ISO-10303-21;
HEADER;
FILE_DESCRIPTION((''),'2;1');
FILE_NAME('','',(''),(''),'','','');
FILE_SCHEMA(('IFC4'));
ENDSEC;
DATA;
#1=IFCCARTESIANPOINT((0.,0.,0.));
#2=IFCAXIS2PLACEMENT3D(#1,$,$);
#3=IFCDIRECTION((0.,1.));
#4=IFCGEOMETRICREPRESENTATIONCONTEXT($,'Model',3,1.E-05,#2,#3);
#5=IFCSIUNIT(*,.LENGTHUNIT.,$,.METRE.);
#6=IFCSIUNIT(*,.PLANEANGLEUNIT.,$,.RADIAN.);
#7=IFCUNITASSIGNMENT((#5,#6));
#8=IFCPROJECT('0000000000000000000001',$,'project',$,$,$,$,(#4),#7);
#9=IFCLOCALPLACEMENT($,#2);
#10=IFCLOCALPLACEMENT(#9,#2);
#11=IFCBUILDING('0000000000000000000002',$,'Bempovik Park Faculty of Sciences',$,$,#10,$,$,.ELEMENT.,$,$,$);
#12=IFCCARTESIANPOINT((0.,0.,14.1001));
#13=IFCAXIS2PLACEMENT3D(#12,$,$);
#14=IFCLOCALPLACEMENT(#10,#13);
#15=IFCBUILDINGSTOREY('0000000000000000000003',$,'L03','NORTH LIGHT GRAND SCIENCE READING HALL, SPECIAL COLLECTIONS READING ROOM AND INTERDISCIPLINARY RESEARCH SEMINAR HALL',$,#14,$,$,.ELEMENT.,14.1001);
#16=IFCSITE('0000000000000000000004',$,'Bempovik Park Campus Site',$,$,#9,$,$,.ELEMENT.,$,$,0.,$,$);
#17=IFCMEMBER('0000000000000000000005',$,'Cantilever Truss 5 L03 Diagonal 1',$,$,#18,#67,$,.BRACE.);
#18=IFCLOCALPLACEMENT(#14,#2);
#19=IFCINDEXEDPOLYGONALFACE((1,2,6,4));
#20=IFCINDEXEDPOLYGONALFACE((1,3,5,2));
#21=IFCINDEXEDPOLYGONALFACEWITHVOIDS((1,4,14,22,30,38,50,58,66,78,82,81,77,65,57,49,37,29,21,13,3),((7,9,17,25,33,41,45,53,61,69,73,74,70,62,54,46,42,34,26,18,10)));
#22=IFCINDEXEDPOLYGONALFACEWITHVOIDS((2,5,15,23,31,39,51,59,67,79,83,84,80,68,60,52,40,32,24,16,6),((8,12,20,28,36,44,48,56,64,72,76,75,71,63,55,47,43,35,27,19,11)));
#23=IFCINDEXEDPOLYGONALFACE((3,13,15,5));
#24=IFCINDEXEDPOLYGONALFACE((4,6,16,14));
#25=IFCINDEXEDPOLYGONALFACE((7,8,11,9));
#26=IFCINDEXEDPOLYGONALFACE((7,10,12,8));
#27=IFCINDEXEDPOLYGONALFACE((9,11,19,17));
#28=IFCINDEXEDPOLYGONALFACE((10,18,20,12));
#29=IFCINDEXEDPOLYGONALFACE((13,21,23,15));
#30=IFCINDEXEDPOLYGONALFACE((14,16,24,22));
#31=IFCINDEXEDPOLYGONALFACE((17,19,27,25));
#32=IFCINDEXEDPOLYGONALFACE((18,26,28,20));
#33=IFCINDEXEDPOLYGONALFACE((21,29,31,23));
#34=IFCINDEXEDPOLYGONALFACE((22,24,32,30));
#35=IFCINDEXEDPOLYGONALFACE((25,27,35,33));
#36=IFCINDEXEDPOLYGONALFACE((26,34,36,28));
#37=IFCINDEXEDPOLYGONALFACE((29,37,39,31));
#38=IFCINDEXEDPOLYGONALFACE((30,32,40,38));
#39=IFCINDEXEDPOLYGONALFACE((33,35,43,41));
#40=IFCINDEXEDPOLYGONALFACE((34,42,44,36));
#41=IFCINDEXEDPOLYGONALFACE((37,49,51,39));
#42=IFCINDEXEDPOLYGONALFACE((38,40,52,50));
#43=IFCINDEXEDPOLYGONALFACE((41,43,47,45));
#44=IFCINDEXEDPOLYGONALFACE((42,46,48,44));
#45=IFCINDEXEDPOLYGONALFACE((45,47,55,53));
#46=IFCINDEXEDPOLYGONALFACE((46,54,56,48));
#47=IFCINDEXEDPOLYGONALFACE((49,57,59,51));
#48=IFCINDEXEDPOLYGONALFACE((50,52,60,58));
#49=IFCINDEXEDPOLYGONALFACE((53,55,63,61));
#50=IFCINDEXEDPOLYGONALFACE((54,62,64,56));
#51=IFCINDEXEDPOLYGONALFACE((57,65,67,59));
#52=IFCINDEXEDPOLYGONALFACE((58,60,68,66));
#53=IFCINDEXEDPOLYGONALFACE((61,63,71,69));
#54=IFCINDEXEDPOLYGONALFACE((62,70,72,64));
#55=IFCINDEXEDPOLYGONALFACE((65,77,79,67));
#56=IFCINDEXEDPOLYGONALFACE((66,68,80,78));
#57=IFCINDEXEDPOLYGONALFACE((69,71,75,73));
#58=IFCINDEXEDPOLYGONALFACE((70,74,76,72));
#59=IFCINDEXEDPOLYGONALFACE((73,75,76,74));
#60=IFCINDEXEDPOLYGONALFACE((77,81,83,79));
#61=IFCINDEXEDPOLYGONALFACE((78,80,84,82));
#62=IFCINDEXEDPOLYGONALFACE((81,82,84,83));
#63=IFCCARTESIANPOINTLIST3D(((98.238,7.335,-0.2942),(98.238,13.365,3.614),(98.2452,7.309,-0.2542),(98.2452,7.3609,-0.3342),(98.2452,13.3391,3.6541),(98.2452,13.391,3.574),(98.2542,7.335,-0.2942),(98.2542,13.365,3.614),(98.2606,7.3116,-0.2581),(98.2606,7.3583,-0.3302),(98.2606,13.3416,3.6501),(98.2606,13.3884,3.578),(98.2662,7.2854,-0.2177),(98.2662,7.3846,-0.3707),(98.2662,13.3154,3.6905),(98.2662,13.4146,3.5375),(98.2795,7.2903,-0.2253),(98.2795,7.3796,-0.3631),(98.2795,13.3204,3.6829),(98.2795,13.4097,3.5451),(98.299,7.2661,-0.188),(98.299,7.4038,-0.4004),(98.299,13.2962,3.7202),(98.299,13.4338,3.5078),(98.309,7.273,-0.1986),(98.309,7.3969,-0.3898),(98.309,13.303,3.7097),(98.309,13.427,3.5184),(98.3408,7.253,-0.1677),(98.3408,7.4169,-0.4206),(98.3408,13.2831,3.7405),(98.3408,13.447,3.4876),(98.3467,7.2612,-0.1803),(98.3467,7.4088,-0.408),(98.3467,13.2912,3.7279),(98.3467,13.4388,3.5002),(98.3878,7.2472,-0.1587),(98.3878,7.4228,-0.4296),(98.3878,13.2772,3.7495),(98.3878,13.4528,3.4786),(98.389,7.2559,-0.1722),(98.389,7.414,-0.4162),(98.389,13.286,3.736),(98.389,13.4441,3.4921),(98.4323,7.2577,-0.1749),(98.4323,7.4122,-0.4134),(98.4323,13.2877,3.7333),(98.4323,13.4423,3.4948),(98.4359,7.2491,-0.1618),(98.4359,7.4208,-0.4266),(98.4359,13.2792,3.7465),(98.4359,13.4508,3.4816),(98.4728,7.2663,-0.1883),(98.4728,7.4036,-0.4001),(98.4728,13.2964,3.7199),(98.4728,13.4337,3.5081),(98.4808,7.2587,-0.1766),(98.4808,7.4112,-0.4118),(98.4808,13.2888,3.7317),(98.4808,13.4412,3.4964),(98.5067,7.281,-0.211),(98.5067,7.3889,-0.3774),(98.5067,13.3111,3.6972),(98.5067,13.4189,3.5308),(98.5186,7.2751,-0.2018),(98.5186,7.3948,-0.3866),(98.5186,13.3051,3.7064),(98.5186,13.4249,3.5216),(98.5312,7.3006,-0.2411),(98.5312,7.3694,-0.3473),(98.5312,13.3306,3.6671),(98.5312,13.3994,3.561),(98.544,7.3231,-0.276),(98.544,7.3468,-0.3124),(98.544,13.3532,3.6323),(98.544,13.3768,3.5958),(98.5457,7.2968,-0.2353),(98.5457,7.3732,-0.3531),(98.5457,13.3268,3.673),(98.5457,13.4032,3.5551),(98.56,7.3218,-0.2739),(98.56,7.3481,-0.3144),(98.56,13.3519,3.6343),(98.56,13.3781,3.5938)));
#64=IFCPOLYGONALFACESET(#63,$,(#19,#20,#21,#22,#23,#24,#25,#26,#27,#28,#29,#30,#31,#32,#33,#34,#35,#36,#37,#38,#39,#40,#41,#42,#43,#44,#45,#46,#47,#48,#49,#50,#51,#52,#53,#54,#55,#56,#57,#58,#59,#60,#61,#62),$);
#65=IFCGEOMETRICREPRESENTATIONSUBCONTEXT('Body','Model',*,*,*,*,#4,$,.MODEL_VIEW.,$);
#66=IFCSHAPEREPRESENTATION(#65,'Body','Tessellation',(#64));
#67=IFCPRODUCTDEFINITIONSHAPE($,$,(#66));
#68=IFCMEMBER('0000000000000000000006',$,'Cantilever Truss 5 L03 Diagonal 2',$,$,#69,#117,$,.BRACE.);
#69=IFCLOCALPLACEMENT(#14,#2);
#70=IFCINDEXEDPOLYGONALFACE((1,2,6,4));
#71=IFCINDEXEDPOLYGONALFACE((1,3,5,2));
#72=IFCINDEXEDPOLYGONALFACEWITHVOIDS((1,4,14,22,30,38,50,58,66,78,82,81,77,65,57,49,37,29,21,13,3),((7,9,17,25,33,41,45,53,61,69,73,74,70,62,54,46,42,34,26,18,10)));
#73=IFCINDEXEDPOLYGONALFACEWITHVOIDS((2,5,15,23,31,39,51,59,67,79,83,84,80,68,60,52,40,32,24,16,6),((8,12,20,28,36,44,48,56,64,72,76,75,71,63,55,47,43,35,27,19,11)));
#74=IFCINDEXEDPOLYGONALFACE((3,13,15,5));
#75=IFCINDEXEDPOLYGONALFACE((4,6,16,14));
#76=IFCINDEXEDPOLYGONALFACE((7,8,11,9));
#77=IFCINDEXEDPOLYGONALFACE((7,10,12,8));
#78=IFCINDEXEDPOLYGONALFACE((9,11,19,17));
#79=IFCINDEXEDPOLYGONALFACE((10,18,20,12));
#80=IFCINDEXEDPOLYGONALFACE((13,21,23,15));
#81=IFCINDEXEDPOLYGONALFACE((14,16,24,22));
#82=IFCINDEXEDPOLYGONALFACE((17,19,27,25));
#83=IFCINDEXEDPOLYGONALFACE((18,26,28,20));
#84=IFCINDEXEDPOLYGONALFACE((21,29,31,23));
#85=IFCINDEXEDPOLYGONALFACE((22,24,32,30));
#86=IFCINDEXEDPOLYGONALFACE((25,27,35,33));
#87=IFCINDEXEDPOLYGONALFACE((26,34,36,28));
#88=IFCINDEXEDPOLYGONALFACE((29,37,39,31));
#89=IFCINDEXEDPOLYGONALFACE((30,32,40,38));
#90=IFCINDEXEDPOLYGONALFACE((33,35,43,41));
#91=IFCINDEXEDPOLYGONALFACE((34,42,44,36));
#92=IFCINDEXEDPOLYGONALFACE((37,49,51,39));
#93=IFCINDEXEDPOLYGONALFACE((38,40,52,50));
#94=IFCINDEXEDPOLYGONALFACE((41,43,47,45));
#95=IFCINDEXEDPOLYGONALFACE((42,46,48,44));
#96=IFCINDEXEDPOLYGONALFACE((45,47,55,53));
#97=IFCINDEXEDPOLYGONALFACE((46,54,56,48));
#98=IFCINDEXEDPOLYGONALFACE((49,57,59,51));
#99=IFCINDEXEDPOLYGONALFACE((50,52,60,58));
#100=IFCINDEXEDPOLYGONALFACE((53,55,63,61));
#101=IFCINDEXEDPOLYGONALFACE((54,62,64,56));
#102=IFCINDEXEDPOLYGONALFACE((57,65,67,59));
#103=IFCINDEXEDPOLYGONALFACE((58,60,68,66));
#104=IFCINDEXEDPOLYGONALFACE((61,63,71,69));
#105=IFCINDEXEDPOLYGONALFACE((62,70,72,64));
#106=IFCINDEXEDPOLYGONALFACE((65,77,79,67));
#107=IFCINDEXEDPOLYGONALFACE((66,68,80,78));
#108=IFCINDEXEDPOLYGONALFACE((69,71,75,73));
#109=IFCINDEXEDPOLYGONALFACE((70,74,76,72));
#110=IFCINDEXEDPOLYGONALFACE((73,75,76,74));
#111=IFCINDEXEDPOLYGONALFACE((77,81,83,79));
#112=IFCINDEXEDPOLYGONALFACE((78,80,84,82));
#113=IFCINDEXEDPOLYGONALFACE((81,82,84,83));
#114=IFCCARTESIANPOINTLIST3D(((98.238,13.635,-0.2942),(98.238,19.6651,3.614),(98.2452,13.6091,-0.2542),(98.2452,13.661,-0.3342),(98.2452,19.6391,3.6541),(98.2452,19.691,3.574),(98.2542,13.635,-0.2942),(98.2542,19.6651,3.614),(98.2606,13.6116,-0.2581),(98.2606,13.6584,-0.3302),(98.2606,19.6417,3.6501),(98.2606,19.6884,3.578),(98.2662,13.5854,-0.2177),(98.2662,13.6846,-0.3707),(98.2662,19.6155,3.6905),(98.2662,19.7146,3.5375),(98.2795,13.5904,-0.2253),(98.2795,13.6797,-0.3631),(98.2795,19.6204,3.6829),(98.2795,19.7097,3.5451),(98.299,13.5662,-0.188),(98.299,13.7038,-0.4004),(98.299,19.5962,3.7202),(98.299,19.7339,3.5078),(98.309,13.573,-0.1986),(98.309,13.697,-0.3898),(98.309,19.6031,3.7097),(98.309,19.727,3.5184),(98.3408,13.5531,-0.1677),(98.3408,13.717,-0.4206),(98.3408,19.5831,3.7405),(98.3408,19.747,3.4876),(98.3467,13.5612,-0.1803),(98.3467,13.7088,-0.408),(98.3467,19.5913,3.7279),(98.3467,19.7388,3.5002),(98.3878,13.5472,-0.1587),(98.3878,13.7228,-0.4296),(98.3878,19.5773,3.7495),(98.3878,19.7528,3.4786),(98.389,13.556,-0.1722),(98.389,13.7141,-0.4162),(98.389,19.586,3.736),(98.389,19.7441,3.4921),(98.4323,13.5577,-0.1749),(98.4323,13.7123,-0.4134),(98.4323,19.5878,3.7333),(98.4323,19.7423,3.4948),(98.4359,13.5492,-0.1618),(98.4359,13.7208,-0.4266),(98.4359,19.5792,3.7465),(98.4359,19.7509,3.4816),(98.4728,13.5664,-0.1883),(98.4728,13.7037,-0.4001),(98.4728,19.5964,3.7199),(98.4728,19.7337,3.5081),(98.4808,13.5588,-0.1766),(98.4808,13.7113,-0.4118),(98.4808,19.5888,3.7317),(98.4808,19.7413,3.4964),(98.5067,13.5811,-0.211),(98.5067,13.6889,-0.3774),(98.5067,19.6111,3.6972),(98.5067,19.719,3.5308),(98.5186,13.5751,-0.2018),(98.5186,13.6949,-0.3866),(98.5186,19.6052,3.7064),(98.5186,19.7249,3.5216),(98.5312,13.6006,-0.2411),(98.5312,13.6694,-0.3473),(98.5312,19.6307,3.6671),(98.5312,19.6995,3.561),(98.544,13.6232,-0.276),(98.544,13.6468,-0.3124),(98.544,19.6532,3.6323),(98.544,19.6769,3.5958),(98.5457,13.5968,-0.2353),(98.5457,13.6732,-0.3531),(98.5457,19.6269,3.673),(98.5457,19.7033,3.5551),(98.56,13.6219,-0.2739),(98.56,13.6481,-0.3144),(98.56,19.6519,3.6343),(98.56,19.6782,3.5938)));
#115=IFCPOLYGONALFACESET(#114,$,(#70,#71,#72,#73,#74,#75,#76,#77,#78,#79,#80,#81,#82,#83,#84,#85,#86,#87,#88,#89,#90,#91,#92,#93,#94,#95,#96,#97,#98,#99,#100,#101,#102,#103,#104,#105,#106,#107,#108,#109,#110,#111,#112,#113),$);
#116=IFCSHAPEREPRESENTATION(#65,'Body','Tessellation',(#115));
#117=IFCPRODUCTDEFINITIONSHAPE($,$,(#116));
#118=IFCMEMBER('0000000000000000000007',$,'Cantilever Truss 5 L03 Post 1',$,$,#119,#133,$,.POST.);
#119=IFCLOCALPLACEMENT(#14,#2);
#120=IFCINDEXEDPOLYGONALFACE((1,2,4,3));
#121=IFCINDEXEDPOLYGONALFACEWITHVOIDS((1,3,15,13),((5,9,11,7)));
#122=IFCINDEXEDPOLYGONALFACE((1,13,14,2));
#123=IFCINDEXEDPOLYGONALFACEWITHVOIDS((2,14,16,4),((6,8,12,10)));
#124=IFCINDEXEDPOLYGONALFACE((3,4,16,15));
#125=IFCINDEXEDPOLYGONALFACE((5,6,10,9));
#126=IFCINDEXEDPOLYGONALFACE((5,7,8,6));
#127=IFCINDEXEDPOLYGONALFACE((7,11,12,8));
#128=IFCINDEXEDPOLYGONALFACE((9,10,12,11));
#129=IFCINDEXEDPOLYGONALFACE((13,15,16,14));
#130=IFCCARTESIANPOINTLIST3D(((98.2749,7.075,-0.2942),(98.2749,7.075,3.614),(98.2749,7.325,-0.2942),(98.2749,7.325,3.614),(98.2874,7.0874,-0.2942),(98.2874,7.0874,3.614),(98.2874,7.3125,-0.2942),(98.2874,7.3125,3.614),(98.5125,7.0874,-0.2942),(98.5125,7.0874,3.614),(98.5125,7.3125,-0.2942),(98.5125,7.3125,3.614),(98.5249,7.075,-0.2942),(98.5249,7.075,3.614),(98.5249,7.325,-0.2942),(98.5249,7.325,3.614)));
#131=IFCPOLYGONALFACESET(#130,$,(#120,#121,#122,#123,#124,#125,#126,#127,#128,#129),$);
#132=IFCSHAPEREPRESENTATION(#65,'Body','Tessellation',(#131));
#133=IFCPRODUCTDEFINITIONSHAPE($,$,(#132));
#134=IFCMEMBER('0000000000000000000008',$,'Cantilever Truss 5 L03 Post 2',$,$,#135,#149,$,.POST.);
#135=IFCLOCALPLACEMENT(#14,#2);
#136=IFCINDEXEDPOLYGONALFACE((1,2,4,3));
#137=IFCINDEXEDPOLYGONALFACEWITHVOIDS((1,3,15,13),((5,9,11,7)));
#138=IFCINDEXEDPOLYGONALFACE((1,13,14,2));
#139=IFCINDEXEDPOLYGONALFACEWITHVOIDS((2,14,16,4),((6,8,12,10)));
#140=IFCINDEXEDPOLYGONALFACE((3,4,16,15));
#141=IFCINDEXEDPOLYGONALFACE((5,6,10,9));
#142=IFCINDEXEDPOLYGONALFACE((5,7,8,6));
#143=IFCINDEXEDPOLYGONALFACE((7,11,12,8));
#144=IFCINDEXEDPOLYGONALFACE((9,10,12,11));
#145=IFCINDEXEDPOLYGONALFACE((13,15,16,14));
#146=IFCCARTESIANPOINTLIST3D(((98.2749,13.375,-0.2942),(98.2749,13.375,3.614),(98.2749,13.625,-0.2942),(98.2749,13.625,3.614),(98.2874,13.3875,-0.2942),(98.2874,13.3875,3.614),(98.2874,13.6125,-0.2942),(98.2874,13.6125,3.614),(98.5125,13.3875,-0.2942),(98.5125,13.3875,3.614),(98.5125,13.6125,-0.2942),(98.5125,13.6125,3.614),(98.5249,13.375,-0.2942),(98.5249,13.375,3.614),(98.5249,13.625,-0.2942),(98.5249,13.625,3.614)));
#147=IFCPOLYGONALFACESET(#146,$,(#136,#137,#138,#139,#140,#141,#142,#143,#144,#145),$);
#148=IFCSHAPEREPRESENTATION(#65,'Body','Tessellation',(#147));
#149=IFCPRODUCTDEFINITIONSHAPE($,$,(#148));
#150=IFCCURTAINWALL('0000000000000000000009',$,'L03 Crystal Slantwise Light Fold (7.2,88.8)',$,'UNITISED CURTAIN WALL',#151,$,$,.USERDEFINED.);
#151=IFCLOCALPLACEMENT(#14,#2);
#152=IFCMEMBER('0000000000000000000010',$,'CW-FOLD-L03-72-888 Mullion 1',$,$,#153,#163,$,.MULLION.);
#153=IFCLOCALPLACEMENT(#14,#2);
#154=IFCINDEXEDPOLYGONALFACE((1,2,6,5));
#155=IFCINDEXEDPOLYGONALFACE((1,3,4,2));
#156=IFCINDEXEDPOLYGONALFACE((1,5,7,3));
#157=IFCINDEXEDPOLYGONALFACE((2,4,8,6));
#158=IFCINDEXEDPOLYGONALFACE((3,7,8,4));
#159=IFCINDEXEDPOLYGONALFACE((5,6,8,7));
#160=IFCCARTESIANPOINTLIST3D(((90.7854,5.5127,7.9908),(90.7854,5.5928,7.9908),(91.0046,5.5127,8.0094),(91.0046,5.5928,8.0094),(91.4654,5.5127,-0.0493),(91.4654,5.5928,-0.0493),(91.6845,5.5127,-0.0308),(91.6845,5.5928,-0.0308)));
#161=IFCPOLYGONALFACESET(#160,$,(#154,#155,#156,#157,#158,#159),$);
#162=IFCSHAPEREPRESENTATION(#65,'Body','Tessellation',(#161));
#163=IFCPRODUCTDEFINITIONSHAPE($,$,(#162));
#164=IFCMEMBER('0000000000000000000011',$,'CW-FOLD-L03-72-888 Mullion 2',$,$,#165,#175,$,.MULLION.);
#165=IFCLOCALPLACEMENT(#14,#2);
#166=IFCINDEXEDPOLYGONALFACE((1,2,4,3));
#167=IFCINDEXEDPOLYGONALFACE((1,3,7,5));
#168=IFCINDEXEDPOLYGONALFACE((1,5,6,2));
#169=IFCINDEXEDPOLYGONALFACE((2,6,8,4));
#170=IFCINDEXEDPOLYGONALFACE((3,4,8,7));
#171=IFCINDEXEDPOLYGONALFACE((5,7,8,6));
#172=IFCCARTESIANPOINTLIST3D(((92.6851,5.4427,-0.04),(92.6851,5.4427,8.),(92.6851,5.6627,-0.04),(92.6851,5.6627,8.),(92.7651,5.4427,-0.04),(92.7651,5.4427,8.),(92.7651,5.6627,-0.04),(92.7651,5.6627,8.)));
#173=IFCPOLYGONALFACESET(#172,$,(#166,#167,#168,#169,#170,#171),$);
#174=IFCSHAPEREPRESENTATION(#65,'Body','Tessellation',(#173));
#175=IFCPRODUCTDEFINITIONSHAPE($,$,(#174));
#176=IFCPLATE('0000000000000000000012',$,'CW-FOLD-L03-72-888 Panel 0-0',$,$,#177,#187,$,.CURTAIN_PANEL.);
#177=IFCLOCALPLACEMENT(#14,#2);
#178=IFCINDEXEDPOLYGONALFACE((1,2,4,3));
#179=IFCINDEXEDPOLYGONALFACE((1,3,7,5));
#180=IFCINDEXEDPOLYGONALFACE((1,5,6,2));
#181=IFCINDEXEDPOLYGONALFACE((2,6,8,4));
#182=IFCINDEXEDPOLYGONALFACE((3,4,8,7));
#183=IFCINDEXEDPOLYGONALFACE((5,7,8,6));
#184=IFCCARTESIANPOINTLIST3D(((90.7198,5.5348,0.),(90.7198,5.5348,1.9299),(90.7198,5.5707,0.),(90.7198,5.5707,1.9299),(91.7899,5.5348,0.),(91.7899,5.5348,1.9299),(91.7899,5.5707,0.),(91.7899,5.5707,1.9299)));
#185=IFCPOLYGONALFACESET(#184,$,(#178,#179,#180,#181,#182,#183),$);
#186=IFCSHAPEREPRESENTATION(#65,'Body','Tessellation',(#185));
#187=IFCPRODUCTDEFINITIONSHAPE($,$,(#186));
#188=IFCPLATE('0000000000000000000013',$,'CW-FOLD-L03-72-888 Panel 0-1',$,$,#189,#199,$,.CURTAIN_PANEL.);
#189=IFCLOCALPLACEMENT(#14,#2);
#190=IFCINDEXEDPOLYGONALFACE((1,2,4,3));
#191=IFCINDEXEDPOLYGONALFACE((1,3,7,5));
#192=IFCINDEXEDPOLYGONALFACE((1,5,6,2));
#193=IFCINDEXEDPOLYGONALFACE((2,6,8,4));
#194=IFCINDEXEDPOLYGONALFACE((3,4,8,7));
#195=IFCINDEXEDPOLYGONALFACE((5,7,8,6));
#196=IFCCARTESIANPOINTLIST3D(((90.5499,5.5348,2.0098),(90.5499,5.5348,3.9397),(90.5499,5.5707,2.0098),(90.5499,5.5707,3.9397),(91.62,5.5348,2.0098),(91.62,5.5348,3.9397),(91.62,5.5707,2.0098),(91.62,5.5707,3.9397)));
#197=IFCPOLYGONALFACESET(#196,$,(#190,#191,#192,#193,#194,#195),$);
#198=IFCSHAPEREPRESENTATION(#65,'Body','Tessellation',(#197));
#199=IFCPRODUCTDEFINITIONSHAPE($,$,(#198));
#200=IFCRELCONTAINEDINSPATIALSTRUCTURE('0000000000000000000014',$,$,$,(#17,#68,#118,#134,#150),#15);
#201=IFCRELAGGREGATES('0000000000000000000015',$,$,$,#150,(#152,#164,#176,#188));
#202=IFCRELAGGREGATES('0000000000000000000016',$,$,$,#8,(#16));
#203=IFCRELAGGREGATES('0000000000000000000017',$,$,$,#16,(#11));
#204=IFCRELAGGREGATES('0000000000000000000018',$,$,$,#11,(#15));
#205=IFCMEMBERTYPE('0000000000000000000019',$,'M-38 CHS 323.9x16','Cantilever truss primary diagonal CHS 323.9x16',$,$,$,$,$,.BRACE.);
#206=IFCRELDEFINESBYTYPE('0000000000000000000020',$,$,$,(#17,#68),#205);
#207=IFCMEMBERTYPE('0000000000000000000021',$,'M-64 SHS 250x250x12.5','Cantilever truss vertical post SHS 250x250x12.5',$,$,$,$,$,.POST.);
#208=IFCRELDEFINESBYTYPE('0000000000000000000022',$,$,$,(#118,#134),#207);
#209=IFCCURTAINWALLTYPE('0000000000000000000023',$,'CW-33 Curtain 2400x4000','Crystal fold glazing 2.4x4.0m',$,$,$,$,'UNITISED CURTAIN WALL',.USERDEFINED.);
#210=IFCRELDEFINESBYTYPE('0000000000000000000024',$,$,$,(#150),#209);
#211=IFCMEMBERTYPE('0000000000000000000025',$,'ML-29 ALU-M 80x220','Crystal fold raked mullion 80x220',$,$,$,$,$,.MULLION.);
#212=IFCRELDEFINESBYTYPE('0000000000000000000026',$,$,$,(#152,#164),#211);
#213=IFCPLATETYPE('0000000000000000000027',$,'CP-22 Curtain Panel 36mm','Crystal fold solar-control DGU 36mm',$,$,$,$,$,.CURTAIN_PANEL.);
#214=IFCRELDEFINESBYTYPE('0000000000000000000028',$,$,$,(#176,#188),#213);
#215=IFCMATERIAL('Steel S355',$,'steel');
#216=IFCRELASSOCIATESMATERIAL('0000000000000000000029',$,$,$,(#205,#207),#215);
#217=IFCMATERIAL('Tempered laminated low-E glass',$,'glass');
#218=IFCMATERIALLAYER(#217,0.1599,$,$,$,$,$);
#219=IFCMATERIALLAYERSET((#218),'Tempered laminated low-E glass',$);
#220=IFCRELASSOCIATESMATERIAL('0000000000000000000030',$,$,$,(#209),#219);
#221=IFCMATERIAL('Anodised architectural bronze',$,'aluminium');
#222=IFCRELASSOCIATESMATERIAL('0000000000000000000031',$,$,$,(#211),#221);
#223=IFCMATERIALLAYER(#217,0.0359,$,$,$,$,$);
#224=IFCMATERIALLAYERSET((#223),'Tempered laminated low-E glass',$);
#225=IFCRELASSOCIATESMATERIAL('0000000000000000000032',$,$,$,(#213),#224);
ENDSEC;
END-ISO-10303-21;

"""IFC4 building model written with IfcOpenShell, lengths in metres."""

from ifc_helpers import new_model, si_unit, direction, frame, origin, origin_2d, place, context, subcontext, project, spatial, rectangle, hollow_rectangle, hollow_circle, extrude, material, layer, layer_set, material_profile, profile_set, type_object, element, aggregate, save


model = new_model("IFC4")

# Units and contexts
model_context = context("Model", 3, precision=1e-05, world=origin(), true_north=direction((0.0, 1.0)))
body_context = subcontext(model_context, "Body", "Model", "MODEL_VIEW")
ifc_project = project(units=[si_unit("LENGTHUNIT", "METRE"), si_unit("PLANEANGLEUNIT", "RADIAN")], contexts=[model_context])

# Site, building, storey
site_placement = place(None, origin())
site = spatial("IfcSite", under=ifc_project, at=site_placement, Name="Bempovik Park Campus Site", CompositionType="ELEMENT", RefElevation=0.0)
building_placement = place(site_placement, origin())
building = spatial("IfcBuilding", under=site, at=building_placement, Name="Bempovik Park Faculty of Sciences", CompositionType="ELEMENT")
storey_placement = place(building_placement, frame((0.0, 0.0, 14.1001)))
storey = spatial("IfcBuildingStorey", under=building, at=storey_placement, Name="L03", Description="NORTH LIGHT GRAND SCIENCE READING HALL, SPECIAL COLLECTIONS READING ROOM AND INTERDISCIPLINARY RESEARCH SEMINAR HALL", CompositionType="ELEMENT", Elevation=14.1001)

# Shared definitions
ifc_material_1 = material(Name="Steel S355", Category="steel")

# Members
ifc_material_profile_1 = material_profile(ifc_material_1, hollow_circle(Radius=0.1619, WallThickness=0.0161, at=origin_2d()), Name="CHS 323.9x16")
ifc_profile_set_1 = profile_set([ifc_material_profile_1], Name="Steel S355")
member_type_1 = type_object("IfcMemberType", Name="M-38 CHS 323.9x16", Description="Cantilever truss primary diagonal CHS 323.9x16", PredefinedType="BRACE", material=ifc_profile_set_1)
for number, where, z_axis, x_axis, name in (
    (1, (98.3999, 7.335, -0.2942), (0.0, 0.839162, 0.543881), (-1.0, 0.0, 0.0), "Cantilever Truss 5 L03 Diagonal 1"),
    (2, (98.3999, 13.635, -0.2942), (0.0, 0.839162, 0.543881), (-1.0, 0.0, 0.0), "Cantilever Truss 5 L03 Diagonal 2"),
):
    element("IfcMember", number, at=place(storey_placement, frame(where, z_axis=z_axis, x_axis=x_axis)), inside=storey, type_object=member_type_1, Name=name, PredefinedType="BRACE", context=body_context, shape_type="SweptSolid", body=[
        extrude(hollow_circle(Radius=0.1619, WallThickness=0.0161, at=origin_2d()), origin(), (0.0, 0.0, 1.0), 7.1858),
    ])
ifc_material_profile_2 = material_profile(ifc_material_1, hollow_rectangle(XDim=0.25, YDim=0.25, WallThickness=0.0125, at=origin_2d()), Name="SHS 250x250x12.5")
ifc_profile_set_2 = profile_set([ifc_material_profile_2], Name="Steel S355")
member_type_2 = type_object("IfcMemberType", Name="M-64 SHS 250x250x12.5", Description="Cantilever truss vertical post SHS 250x250x12.5", PredefinedType="POST", material=ifc_profile_set_2)
for number, where, z_axis, x_axis, name in (
    (3, (98.3999, 7.2, -0.2942), (0.0, 0.0, 1.0), (1.0, 0.0, 0.0), "Cantilever Truss 5 L03 Post 1"),
    (4, (98.3999, 13.5, -0.2942), (0.0, 0.0, 1.0), (1.0, 0.0, 0.0), "Cantilever Truss 5 L03 Post 2"),
):
    element("IfcMember", number, at=place(storey_placement, frame(where, z_axis=z_axis, x_axis=x_axis)), inside=storey, type_object=member_type_2, Name=name, PredefinedType="POST", context=body_context, shape_type="SweptSolid", body=[
        extrude(hollow_rectangle(XDim=0.25, YDim=0.25, WallThickness=0.0125, at=origin_2d()), origin(), (0.0, 0.0, 1.0), 3.9082),
    ])

# Curtain wall, members, plates
ifc_material_2 = material(Name="Tempered laminated low-E glass", Category="glass")
ifc_layer_1 = layer(ifc_material_2, 0.1599)
ifc_layer_set_1 = layer_set([ifc_layer_1], Name="Tempered laminated low-E glass")
curtain_wall_type = type_object("IfcCurtainWallType", Name="CW-33 Curtain 2400x4000", Description="Crystal fold glazing 2.4x4.0m", ElementType="UNITISED CURTAIN WALL", PredefinedType="USERDEFINED", material=ifc_layer_set_1)
curtain_wall_placement = place(storey_placement, origin())
curtain_wall = element("IfcCurtainWall", 5, at=curtain_wall_placement, inside=storey, type_object=curtain_wall_type, Name="L03 Crystal Slantwise Light Fold (7.2,88.8)", ObjectType="UNITISED CURTAIN WALL", PredefinedType="USERDEFINED")
ifc_material_3 = material(Name="Anodised architectural bronze", Category="aluminium")
ifc_material_profile_3 = material_profile(ifc_material_3, rectangle(XDim=0.0801, YDim=0.22, at=origin_2d()), Name="ALU-M 80x220")
ifc_profile_set_3 = profile_set([ifc_material_profile_3], Name="Anodised architectural bronze")
member_type_3 = type_object("IfcMemberType", Name="ML-29 ALU-M 80x220", Description="Crystal fold raked mullion 80x220", PredefinedType="MULLION", material=ifc_profile_set_3)
member_1_placement = place(storey_placement, frame((91.575, 5.5527, -0.04), z_axis=(-0.084267, 0.0, 0.996443), x_axis=(0.0, -1.0, 0.0)))
member_1 = element("IfcMember", 6, at=member_1_placement, type_object=member_type_3, Name="CW-FOLD-L03-72-888 Mullion 1", PredefinedType="MULLION", context=body_context, shape_type="SweptSolid", body=[
    extrude(rectangle(XDim=0.0801, YDim=0.22, at=origin_2d()), origin(), (0.0, 0.0, 1.0), 8.0688),
])
member_2_placement = place(storey_placement, frame((92.7251, 5.5527, -0.04), z_axis=(0.0, 0.0, 1.0), x_axis=(1.0, 0.0, 0.0)))
member_2 = element("IfcMember", 7, at=member_2_placement, type_object=member_type_3, Name="CW-FOLD-L03-72-888 Mullion 2", PredefinedType="MULLION", context=body_context, shape_type="SweptSolid", body=[
    extrude(rectangle(XDim=0.0801, YDim=0.22, at=origin_2d()), origin(), (0.0, 0.0, 1.0), 8.04),
])
ifc_layer_2 = layer(ifc_material_2, 0.0359)
ifc_layer_set_2 = layer_set([ifc_layer_2], Name="Tempered laminated low-E glass")
plate_type_1 = type_object("IfcPlateType", Name="CP-22 Curtain Panel 36mm", Description="Crystal fold solar-control DGU 36mm", PredefinedType="CURTAIN_PANEL", material=ifc_layer_set_2)
plate_1_placement = place(storey_placement, frame((91.2549, 5.5527, 0.0), z_axis=(0.0, 0.0, 1.0), x_axis=(1.0, 0.0, 0.0)))
plate_1 = element("IfcPlate", 8, at=plate_1_placement, type_object=plate_type_1, Name="CW-FOLD-L03-72-888 Panel 0-0", PredefinedType="CURTAIN_PANEL", context=body_context, shape_type="SweptSolid", body=[
    extrude(rectangle(XDim=1.0701, YDim=0.0359, at=origin_2d()), origin(), (0.0, 0.0, 1.0), 1.9299),
])
plate_2_placement = place(storey_placement, frame((91.085, 5.5527, 2.0098), z_axis=(0.0, 0.0, 1.0), x_axis=(1.0, 0.0, 0.0)))
plate_2 = element("IfcPlate", 9, at=plate_2_placement, type_object=plate_type_1, Name="CW-FOLD-L03-72-888 Panel 0-1", PredefinedType="CURTAIN_PANEL", context=body_context, shape_type="SweptSolid", body=[
    extrude(rectangle(XDim=1.0701, YDim=0.0359, at=origin_2d()), origin(), (0.0, 0.0, 1.0), 1.9299),
])
aggregate(curtain_wall, [member_1, member_2, plate_1, plate_2])

save(model, "model.ifc")
